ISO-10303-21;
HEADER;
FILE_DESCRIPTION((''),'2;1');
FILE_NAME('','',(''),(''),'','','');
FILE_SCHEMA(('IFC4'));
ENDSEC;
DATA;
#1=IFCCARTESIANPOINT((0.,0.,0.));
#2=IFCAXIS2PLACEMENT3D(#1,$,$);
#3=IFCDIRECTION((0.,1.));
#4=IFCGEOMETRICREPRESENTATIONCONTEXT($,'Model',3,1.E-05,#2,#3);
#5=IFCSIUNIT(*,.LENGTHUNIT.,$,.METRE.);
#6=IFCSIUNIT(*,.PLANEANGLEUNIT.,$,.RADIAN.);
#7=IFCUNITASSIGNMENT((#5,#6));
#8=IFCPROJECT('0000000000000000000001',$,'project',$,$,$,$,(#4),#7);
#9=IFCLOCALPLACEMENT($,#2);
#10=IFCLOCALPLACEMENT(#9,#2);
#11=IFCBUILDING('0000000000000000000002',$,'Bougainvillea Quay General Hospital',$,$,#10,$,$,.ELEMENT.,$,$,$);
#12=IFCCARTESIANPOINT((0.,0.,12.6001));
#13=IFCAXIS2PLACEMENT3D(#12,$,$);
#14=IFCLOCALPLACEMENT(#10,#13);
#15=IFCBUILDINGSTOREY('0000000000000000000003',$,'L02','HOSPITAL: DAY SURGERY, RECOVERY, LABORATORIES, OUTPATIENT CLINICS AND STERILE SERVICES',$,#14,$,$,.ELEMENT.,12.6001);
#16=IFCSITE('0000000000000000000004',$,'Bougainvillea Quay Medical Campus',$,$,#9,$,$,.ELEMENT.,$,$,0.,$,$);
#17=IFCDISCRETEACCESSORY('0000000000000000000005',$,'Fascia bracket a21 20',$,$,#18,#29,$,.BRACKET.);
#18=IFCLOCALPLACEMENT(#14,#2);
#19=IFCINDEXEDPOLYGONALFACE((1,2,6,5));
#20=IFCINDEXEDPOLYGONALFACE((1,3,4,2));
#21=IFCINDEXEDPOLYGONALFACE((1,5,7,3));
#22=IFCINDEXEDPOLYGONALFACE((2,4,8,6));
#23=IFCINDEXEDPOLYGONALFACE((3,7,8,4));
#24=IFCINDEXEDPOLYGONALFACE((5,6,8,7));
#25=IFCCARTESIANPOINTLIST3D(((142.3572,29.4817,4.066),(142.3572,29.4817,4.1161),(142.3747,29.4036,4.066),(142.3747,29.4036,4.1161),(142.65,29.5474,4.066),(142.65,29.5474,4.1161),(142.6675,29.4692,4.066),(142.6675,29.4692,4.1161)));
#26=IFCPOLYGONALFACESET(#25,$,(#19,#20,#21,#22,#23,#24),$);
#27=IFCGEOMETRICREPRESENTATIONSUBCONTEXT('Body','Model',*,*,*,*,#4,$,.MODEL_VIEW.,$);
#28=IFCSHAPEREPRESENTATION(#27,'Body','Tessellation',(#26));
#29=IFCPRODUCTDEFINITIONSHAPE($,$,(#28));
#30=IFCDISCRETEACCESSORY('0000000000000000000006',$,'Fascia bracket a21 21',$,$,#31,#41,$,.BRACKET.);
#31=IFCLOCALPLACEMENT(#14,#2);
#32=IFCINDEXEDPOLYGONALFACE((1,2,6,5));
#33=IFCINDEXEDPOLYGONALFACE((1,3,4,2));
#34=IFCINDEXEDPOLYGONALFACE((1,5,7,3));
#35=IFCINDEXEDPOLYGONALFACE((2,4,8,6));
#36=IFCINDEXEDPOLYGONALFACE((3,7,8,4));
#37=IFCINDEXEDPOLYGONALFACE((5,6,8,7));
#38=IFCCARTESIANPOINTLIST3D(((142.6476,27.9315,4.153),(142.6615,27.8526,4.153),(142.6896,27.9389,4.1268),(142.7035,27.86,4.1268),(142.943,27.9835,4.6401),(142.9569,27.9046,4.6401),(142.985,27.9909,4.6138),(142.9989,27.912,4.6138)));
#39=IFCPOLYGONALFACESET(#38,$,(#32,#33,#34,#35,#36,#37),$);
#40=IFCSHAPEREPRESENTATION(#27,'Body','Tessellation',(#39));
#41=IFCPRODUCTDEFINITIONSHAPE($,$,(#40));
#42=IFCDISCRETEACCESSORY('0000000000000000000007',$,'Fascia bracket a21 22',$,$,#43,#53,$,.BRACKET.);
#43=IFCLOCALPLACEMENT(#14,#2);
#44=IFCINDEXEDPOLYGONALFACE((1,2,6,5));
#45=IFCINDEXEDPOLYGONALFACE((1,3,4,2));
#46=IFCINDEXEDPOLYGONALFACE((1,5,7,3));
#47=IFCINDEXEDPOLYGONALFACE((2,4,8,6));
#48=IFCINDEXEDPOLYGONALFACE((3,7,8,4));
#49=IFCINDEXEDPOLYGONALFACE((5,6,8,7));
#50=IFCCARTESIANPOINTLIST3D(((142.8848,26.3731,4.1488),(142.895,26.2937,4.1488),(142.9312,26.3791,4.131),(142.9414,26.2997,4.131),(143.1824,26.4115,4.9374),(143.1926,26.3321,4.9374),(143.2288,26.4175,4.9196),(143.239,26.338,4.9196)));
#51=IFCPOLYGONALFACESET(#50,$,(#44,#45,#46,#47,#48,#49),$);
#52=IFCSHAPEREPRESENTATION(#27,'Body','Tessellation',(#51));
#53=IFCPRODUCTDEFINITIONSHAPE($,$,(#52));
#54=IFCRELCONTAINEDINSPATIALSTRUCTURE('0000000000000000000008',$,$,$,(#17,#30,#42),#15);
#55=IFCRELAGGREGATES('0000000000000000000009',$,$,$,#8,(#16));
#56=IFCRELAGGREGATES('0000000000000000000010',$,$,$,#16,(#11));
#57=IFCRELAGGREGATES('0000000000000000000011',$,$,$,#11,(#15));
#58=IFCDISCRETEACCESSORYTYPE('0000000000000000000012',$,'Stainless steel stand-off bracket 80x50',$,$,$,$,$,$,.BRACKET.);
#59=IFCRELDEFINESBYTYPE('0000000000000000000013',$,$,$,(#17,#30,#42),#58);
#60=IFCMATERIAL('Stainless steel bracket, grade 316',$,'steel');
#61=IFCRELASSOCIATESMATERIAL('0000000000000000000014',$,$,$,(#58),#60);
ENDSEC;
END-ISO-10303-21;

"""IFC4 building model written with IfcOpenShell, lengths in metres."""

from ifc_helpers import new_model, si_unit, direction, frame, origin, origin_2d, place, context, subcontext, project, spatial, rectangle, extrude, material, material_profile, profile_set, type_object, element, save


model = new_model("IFC4")

# Units and contexts
model_context = context("Model", 3, precision=1e-05, world=origin(), true_north=direction((0.0, 1.0)))
body_context = subcontext(model_context, "Body", "Model", "MODEL_VIEW")
ifc_project = project(units=[si_unit("LENGTHUNIT", "METRE"), si_unit("PLANEANGLEUNIT", "RADIAN")], contexts=[model_context])

# Site, building, storey
site_placement = place(None, origin())
site = spatial("IfcSite", under=ifc_project, at=site_placement, Name="Bougainvillea Quay Medical Campus", CompositionType="ELEMENT", RefElevation=0.0)
building_placement = place(site_placement, origin())
building = spatial("IfcBuilding", under=site, at=building_placement, Name="Bougainvillea Quay General Hospital", CompositionType="ELEMENT")
storey_placement = place(building_placement, frame((0.0, 0.0, 12.6001)))
storey = spatial("IfcBuildingStorey", under=building, at=storey_placement, Name="L02", Description="HOSPITAL: DAY SURGERY, RECOVERY, LABORATORIES, OUTPATIENT CLINICS AND STERILE SERVICES", CompositionType="ELEMENT", Elevation=12.6001)

# Discrete accessories
ifc_material_1 = material(Name="Stainless steel bracket, grade 316", Category="steel")
ifc_material_profile_1 = material_profile(ifc_material_1, rectangle(XDim=0.0801, YDim=0.05, at=origin_2d()))
ifc_profile_set_1 = profile_set([ifc_material_profile_1], Name="Stainless steel bracket, grade 316")
discrete_accessory_type = type_object("IfcDiscreteAccessoryType", Name="Stainless steel stand-off bracket 80x50", PredefinedType="BRACKET", material=ifc_profile_set_1)
discrete_accessory_1_placement = place(storey_placement, frame((142.366, 29.4426, 4.0911), z_axis=(0.975745, 0.218912, 0.0), x_axis=(-0.218912, 0.975745, 0.0)))
element("IfcDiscreteAccessory", 1, at=discrete_accessory_1_placement, inside=storey, type_object=discrete_accessory_type, Name="Fascia bracket a21 20", PredefinedType="BRACKET", context=body_context, shape_type="SweptSolid", body=[
    extrude(rectangle(XDim=0.0801, YDim=0.05, at=origin_2d()), origin(), (0.0, 0.0, 1.0), 0.3),
])
discrete_accessory_2_placement = place(storey_placement, frame((142.6755, 27.8958, 4.1399), z_axis=(0.516439, 0.09091, 0.851484), x_axis=(-0.173367, 0.984857, 0.0)))
element("IfcDiscreteAccessory", 2, at=discrete_accessory_2_placement, inside=storey, type_object=discrete_accessory_type, Name="Fascia bracket a21 21", PredefinedType="BRACKET", context=body_context, shape_type="SweptSolid", body=[
    extrude(rectangle(XDim=0.0801, YDim=0.05, at=origin_2d()), origin(), (0.0, 0.0, 1.0), 0.572),
])
discrete_accessory_3_placement = place(storey_placement, frame((142.9131, 26.3364, 4.1399), z_axis=(0.352726, 0.045429, 0.934623), x_axis=(-0.127739, 0.991808, 0.0)))
element("IfcDiscreteAccessory", 3, at=discrete_accessory_3_placement, inside=storey, type_object=discrete_accessory_type, Name="Fascia bracket a21 22", PredefinedType="BRACKET", context=body_context, shape_type="SweptSolid", body=[
    extrude(rectangle(XDim=0.0801, YDim=0.05, at=origin_2d()), origin(), (0.0, 0.0, 1.0), 0.8438),
])

save(model, "model.ifc")
